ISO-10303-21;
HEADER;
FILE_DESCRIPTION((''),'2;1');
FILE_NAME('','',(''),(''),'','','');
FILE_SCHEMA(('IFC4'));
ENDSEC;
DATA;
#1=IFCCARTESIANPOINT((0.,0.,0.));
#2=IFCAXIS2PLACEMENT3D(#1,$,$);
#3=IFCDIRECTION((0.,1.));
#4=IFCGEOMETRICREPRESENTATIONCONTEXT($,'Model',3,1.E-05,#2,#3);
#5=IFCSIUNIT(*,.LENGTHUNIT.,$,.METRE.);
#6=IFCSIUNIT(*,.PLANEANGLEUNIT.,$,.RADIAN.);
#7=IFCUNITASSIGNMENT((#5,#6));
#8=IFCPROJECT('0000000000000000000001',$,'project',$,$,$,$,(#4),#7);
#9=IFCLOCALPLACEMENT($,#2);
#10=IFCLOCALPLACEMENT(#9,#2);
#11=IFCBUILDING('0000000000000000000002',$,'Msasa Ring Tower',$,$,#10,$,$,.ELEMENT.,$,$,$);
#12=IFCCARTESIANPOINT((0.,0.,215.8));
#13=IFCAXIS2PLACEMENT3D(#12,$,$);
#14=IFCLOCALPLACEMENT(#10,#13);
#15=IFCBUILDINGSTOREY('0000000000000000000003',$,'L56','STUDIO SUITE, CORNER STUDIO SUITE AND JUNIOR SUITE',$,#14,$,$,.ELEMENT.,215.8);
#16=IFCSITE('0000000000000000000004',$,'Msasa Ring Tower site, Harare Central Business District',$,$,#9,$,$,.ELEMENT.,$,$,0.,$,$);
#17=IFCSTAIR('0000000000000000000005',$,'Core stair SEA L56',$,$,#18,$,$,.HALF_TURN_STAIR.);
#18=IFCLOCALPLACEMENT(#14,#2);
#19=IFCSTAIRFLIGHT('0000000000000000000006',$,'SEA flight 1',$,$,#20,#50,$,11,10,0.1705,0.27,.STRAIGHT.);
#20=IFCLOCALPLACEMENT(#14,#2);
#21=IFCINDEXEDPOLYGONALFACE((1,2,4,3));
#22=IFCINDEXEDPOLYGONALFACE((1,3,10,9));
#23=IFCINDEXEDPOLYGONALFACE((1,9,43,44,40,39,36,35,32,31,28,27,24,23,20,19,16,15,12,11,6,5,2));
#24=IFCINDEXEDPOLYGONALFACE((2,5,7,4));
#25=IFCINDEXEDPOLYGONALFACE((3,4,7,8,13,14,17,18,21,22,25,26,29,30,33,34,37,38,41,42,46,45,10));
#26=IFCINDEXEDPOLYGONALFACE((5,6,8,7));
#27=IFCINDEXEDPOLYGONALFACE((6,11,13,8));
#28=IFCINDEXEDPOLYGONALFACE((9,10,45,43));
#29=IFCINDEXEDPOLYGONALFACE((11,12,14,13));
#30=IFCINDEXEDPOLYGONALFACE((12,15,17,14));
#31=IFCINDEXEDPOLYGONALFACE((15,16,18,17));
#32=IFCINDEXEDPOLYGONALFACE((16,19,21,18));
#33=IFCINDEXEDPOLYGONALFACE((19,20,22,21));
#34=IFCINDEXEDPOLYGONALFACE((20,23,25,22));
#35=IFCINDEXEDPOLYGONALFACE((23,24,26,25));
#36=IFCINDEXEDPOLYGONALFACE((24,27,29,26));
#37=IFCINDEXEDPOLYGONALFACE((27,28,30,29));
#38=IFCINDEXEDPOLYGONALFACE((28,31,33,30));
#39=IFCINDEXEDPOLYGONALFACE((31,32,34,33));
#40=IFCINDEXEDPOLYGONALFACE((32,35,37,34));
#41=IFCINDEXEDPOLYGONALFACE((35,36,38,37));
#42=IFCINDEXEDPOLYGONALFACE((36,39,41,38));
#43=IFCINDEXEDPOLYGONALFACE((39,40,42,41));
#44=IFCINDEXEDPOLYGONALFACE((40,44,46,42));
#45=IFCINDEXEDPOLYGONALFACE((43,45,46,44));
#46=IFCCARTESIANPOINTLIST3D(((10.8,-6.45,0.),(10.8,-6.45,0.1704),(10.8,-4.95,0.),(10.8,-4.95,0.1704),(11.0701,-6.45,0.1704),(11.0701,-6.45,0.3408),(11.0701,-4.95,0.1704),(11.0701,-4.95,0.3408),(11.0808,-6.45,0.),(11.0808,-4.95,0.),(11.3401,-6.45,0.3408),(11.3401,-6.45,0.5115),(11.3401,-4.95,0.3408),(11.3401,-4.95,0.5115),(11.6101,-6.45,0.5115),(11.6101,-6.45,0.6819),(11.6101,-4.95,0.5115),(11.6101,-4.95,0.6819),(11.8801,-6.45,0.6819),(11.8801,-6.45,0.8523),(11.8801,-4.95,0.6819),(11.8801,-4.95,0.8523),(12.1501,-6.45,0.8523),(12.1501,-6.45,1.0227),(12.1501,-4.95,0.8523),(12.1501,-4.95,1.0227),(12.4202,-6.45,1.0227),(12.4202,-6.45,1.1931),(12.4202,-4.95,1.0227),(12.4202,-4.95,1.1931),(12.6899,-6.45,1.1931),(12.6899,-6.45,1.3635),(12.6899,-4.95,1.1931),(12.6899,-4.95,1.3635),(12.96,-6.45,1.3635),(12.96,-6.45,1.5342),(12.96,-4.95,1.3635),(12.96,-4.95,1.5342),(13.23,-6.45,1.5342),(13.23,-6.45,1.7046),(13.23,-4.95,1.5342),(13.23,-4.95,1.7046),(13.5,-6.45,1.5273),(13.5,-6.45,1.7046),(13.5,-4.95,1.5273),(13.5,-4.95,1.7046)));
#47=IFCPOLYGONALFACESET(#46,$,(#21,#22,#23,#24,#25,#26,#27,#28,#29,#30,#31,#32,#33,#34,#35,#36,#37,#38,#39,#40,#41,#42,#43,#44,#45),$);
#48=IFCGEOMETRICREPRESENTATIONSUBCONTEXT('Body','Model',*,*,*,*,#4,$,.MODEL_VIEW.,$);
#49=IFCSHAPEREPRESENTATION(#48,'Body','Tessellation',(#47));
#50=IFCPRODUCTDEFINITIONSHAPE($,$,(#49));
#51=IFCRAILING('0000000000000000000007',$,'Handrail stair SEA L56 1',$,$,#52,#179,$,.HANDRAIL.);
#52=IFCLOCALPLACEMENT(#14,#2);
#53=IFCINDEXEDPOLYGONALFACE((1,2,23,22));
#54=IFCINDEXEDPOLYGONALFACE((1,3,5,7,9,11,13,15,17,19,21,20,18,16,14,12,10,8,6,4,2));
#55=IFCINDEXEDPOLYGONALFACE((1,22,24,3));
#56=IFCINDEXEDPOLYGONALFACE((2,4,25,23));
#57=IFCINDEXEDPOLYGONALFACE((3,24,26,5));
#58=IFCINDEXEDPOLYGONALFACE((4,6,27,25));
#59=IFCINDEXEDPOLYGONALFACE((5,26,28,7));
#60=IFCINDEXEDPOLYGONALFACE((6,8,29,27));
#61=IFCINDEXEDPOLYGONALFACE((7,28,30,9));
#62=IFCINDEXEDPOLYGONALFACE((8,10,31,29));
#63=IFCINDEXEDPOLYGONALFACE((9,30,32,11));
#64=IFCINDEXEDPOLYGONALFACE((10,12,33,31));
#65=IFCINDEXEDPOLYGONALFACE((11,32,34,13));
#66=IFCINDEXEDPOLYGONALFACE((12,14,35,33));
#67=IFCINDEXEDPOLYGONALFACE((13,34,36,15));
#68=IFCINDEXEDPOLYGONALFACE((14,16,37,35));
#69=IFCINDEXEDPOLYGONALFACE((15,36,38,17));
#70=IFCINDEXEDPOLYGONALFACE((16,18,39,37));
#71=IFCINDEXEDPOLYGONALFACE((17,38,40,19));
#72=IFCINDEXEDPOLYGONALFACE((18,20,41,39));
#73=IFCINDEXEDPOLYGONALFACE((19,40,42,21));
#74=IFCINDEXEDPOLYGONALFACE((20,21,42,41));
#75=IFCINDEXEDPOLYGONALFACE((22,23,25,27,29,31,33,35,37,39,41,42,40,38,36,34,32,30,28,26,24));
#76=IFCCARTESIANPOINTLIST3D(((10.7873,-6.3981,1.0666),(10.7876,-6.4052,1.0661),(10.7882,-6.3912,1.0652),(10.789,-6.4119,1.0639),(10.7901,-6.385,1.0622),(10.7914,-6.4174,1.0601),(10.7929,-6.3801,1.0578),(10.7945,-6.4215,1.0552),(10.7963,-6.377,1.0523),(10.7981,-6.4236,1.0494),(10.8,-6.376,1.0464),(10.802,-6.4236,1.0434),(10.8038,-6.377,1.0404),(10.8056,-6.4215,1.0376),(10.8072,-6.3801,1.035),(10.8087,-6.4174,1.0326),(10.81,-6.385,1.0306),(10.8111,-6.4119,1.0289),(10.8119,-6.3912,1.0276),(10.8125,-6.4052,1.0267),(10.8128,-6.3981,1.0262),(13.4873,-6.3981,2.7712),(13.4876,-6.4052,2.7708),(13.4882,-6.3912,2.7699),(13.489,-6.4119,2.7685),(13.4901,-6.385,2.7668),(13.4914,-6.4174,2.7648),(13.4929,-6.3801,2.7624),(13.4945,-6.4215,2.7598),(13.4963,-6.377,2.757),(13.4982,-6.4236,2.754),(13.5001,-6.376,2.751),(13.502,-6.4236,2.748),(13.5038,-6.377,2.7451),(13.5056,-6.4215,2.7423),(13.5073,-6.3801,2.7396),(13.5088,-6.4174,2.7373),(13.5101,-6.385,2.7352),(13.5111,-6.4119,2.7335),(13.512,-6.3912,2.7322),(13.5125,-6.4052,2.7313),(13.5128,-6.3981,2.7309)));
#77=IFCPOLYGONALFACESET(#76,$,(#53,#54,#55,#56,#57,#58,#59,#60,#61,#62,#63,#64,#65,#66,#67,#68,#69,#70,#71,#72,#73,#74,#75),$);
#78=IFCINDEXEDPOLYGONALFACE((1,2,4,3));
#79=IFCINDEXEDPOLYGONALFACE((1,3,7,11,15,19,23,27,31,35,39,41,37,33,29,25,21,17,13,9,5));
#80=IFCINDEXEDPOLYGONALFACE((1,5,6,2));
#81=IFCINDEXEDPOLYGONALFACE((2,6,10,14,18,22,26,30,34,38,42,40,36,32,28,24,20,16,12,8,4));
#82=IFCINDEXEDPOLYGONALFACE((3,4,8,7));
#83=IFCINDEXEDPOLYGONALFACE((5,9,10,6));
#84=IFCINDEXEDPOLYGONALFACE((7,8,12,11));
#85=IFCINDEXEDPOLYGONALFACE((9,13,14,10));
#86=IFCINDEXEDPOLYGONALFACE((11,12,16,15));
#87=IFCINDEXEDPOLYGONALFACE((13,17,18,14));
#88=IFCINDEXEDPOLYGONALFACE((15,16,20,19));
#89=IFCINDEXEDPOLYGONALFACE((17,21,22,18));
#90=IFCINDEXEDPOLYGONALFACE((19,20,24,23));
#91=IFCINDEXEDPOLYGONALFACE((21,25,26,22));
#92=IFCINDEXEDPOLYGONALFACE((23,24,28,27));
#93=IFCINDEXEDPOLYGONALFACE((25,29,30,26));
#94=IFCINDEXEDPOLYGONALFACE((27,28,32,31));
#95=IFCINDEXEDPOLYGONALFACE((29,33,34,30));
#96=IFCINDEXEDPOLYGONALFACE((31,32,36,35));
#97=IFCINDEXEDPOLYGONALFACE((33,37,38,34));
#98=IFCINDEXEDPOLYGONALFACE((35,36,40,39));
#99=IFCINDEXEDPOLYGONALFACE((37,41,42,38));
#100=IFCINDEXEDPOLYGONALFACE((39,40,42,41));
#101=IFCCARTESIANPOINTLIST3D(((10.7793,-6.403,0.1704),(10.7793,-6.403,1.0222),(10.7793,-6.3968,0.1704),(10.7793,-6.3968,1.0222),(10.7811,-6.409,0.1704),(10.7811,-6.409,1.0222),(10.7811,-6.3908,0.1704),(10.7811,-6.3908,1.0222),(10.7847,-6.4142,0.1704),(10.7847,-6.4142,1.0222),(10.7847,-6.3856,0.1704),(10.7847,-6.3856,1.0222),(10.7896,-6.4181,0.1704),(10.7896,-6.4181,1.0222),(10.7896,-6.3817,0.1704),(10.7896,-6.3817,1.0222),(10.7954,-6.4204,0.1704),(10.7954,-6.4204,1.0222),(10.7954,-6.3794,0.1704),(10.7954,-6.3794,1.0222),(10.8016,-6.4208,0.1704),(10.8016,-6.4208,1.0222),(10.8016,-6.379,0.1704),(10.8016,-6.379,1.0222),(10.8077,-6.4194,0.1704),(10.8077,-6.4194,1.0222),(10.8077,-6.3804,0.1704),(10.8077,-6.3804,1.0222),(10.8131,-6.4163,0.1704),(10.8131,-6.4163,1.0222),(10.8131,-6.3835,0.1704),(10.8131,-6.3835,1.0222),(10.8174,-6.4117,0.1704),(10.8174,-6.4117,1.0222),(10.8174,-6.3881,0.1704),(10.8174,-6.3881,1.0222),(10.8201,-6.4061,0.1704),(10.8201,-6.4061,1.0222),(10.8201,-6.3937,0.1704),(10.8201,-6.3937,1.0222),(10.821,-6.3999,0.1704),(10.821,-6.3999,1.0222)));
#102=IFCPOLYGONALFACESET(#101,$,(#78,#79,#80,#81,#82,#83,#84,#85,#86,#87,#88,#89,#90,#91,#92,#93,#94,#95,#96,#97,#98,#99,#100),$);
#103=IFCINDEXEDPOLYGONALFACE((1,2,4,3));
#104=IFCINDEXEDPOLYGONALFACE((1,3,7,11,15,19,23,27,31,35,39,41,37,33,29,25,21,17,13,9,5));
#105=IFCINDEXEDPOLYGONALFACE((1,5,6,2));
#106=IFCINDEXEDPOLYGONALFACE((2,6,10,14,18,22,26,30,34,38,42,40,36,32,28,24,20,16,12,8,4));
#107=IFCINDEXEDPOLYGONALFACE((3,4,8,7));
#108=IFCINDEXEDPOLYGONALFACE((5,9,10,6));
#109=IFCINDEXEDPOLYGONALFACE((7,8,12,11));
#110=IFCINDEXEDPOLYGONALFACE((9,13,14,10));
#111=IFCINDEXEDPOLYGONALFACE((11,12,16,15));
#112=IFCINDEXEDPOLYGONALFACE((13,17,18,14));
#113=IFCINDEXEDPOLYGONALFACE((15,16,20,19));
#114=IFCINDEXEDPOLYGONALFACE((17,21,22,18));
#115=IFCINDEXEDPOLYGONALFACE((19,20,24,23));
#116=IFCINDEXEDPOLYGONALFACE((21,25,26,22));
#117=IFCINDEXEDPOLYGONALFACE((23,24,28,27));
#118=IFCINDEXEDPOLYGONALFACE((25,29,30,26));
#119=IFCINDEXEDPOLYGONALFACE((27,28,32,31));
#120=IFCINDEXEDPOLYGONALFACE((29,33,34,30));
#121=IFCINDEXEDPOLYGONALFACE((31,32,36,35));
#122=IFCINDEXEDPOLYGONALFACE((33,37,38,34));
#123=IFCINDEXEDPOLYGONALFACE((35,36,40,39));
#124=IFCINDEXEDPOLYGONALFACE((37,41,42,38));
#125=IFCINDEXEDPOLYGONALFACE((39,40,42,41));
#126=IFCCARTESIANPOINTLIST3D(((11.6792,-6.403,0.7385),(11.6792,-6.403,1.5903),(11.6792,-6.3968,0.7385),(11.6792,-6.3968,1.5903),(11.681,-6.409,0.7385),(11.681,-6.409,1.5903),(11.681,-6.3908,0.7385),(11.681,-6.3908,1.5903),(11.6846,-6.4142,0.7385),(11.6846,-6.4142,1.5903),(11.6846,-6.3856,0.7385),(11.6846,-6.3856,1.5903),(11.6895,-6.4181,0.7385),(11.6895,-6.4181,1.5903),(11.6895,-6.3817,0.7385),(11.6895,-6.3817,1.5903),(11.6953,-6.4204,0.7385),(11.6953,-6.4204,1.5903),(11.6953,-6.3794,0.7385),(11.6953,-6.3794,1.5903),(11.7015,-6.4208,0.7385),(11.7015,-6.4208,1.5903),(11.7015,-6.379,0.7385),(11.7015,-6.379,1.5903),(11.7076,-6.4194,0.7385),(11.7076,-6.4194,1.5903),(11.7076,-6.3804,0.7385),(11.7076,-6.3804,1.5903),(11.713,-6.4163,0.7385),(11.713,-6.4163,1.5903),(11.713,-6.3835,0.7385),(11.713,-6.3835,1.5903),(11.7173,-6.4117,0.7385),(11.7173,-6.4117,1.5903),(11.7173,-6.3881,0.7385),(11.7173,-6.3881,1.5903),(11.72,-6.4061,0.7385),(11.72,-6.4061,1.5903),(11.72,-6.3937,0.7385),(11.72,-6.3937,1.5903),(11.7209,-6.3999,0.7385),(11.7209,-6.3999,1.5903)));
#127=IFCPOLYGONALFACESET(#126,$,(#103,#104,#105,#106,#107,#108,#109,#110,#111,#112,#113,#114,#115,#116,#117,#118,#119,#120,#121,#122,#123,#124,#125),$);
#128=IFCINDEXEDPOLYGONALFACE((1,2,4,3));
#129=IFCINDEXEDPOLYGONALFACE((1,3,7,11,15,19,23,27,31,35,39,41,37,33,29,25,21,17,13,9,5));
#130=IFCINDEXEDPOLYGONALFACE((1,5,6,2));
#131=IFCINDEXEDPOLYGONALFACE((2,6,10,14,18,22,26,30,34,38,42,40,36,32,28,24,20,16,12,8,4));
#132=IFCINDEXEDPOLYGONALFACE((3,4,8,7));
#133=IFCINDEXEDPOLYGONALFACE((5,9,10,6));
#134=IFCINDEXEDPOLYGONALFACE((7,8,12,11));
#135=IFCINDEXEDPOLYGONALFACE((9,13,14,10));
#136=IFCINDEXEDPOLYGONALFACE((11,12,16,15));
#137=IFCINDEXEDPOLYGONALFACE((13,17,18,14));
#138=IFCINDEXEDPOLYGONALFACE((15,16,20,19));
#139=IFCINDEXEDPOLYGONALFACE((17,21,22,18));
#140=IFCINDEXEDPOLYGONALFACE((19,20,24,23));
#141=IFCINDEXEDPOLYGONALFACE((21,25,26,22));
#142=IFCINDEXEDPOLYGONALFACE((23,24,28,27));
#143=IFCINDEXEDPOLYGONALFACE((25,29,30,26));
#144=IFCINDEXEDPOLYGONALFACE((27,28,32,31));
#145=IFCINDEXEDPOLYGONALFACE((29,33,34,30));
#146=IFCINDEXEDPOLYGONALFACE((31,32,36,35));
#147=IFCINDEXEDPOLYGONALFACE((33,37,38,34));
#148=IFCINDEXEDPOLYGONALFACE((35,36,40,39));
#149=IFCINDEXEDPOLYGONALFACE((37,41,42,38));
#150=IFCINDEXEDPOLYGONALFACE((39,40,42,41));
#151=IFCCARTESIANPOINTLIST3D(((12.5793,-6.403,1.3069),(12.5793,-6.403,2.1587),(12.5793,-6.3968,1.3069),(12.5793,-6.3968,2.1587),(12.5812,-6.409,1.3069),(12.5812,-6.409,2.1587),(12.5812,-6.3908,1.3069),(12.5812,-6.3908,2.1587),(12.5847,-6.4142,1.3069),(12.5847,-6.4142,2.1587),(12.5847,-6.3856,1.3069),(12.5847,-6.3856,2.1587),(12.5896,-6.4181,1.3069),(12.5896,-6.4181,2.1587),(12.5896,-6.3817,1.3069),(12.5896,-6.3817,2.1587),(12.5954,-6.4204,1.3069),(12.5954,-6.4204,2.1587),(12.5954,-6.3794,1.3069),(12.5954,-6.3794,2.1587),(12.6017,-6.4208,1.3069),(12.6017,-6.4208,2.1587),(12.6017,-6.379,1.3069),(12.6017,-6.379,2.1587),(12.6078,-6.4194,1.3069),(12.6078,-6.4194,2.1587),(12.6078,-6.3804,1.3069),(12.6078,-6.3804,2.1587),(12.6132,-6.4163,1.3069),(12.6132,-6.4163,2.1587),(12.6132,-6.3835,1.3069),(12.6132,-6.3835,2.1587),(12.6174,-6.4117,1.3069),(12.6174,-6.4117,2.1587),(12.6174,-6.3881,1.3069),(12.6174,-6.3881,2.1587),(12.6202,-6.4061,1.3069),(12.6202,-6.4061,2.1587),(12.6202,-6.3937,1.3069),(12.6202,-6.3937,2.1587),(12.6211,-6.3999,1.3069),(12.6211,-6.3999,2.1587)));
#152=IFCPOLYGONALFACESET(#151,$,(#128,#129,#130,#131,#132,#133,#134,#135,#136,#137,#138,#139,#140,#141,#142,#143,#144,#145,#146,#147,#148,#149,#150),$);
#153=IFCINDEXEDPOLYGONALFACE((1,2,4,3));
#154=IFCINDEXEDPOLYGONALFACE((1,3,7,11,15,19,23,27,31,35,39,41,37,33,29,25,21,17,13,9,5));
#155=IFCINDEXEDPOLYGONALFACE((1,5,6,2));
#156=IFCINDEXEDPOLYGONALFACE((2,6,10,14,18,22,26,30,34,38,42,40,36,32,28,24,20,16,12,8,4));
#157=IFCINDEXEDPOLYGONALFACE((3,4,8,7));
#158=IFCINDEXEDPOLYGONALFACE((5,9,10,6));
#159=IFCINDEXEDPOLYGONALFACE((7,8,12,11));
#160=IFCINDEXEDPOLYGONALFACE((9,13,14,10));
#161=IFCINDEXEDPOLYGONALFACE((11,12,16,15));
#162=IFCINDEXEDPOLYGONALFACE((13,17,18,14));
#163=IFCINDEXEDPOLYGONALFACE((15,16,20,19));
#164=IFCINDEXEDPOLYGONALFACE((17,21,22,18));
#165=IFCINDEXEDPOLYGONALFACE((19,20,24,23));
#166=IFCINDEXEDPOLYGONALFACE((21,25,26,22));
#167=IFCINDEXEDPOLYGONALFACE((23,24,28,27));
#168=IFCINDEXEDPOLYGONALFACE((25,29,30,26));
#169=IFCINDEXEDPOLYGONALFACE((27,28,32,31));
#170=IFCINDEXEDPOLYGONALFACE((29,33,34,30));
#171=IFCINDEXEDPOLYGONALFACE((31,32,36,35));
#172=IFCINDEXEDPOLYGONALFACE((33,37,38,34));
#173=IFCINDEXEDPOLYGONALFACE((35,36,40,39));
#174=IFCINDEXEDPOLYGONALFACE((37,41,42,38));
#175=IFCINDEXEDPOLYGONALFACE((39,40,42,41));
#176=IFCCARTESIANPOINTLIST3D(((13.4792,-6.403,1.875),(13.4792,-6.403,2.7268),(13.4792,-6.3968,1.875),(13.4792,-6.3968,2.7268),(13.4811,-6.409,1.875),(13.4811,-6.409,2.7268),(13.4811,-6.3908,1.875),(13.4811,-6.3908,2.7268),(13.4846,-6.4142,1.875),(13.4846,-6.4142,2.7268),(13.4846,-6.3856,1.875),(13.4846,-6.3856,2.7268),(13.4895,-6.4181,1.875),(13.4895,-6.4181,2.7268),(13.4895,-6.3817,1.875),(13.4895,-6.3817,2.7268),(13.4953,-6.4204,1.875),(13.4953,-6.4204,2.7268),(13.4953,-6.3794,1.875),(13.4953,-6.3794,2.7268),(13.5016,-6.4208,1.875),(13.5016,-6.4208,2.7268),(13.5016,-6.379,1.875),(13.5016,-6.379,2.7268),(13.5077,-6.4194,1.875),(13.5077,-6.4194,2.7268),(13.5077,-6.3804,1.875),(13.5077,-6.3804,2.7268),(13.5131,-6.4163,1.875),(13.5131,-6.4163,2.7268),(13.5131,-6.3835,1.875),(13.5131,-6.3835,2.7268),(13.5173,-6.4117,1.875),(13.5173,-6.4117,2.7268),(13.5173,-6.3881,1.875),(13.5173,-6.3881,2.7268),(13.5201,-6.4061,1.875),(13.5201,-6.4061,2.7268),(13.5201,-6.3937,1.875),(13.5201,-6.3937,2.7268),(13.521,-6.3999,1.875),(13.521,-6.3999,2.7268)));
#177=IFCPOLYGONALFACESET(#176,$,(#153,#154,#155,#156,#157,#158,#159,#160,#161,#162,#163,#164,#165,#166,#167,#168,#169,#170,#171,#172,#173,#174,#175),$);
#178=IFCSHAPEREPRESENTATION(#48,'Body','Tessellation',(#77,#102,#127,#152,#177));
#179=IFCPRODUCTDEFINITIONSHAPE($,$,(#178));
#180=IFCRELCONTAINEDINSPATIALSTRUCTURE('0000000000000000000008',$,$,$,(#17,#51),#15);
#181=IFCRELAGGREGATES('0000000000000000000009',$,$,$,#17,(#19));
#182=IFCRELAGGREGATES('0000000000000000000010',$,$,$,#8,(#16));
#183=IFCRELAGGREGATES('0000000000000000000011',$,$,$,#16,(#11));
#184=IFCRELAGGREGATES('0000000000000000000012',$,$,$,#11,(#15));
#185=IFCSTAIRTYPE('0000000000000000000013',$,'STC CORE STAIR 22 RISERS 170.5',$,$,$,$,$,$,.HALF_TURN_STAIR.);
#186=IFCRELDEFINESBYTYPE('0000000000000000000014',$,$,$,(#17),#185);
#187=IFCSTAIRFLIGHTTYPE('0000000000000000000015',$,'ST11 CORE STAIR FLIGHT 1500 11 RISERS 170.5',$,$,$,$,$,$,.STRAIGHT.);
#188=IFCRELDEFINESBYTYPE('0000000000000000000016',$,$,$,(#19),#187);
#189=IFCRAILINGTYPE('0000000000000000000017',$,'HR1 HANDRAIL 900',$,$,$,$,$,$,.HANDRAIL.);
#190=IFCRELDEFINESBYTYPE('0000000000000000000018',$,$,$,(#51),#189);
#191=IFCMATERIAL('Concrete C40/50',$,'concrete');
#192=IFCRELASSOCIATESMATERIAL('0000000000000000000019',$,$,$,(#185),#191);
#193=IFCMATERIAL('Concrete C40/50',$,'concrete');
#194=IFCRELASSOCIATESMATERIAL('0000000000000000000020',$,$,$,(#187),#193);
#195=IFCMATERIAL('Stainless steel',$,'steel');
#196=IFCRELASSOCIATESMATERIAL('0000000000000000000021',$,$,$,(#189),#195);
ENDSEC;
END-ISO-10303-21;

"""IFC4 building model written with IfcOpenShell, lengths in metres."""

from ifc_helpers import new_model, si_unit, direction, frame, origin, origin_2d, place, context, subcontext, project, spatial, polyline, circle, outline, extrude, material, type_object, element, aggregate, save


model = new_model("IFC4")

# Units and contexts
model_context = context("Model", 3, precision=1e-05, world=origin(), true_north=direction((0.0, 1.0)))
body_context = subcontext(model_context, "Body", "Model", "MODEL_VIEW")
ifc_project = project(units=[si_unit("LENGTHUNIT", "METRE"), si_unit("PLANEANGLEUNIT", "RADIAN")], contexts=[model_context])

# Site, building, storey
site_placement = place(None, origin())
site = spatial("IfcSite", under=ifc_project, at=site_placement, Name="Msasa Ring Tower site, Harare Central Business District", CompositionType="ELEMENT", RefElevation=0.0)
building_placement = place(site_placement, origin())
building = spatial("IfcBuilding", under=site, at=building_placement, Name="Msasa Ring Tower", CompositionType="ELEMENT")
storey_placement = place(building_placement, frame((0.0, 0.0, 215.8)))
storey = spatial("IfcBuildingStorey", under=building, at=storey_placement, Name="L56", Description="STUDIO SUITE, CORNER STUDIO SUITE AND JUNIOR SUITE", CompositionType="ELEMENT", Elevation=215.8)

# Stair
ifc_material_1 = material(Name="Concrete C40/50", Category="concrete")
stair_type = type_object("IfcStairType", Name="STC CORE STAIR 22 RISERS 170.5", PredefinedType="HALF_TURN_STAIR", material=ifc_material_1)
stair_1_placement = place(storey_placement, origin())
stair_1 = element("IfcStair", 1, at=stair_1_placement, inside=storey, type_object=stair_type, Name="Core stair SEA L56", PredefinedType="HALF_TURN_STAIR")

# Stair flight
ifc_material_2 = material(Name="Concrete C40/50", Category="concrete")
stair_flight_type = type_object("IfcStairFlightType", Name="ST11 CORE STAIR FLIGHT 1500 11 RISERS 170.5", PredefinedType="STRAIGHT", material=ifc_material_2)
stair_flight_placement = place(storey_placement, frame((10.8, -5.7, 0.0), z_axis=(0.0, 0.0, 1.0), x_axis=(1.0, 0.0, 0.0)))
stair_flight = element("IfcStairFlight", 2, at=stair_flight_placement, type_object=stair_flight_type, Name="SEA flight 1", NumberOfRisers=11, NumberOfTreads=10, PredefinedType="STRAIGHT", RiserHeight=0.1705, TreadLength=0.27, context=body_context, shape_type="SweptSolid", body=[
    extrude(outline(polyline([(0.0, 0.0), (0.0, 0.1704), (0.27, 0.1704), (0.27, 0.3408), (0.54, 0.3408), (0.54, 0.5115), (0.8101, 0.5115), (0.8101, 0.6819), (1.0801, 0.6819), (1.0801, 0.8523), (1.3501, 0.8523), (1.3501, 1.0227), (1.6201, 1.0227), (1.6201, 1.1931), (1.8899, 1.1931), (1.8899, 1.3635), (2.1599, 1.3635), (2.1599, 1.5342), (2.4299, 1.5342), (2.4299, 1.7046), (2.7, 1.7046), (2.7, 1.875), (2.7, 1.5273), (0.2808, 0.0), (0.0, 0.0)])), frame((0.0, 0.75, 0.0), z_axis=(0.0, -1.0, 0.0), x_axis=(1.0, 0.0, 0.0)), (0.0, 0.0, 1.0), 1.5),
])
aggregate(stair_1, [stair_flight])

# Railing
ifc_material_3 = material(Name="Stainless steel", Category="steel")
railing_type = type_object("IfcRailingType", Name="HR1 HANDRAIL 900", PredefinedType="HANDRAIL", material=ifc_material_3)
for number, where, name in (
    (3, (10.8, -6.3999, 0.1704), "Handrail stair SEA L56 1"),
):
    element("IfcRailing", number, at=place(storey_placement, frame(where)), inside=storey, type_object=railing_type, Name=name, PredefinedType="HANDRAIL", context=body_context, shape_type="SweptSolid", body=[
        extrude(circle(Radius=0.0239, at=origin_2d()), frame((0.0, 0.0, 0.876), z_axis=(0.84558, 0.0, 0.533849), x_axis=(0.0, 1.0, 0.0)), (0.0, 0.0, 1.0), 3.1931),
        extrude(circle(Radius=0.021, at=origin_2d()), origin(), (0.0, 0.0, 1.0), 0.8518),
        extrude(circle(Radius=0.021, at=origin_2d()), frame((0.8999, 0.0, 0.5681)), (0.0, 0.0, 1.0), 0.8518),
        extrude(circle(Radius=0.021, at=origin_2d()), frame((1.8, 0.0, 1.1365)), (0.0, 0.0, 1.0), 0.8518),
        extrude(circle(Radius=0.021, at=origin_2d()), frame((2.7, 0.0, 1.7046)), (0.0, 0.0, 1.0), 0.8518),
    ])

save(model, "model.ifc")
